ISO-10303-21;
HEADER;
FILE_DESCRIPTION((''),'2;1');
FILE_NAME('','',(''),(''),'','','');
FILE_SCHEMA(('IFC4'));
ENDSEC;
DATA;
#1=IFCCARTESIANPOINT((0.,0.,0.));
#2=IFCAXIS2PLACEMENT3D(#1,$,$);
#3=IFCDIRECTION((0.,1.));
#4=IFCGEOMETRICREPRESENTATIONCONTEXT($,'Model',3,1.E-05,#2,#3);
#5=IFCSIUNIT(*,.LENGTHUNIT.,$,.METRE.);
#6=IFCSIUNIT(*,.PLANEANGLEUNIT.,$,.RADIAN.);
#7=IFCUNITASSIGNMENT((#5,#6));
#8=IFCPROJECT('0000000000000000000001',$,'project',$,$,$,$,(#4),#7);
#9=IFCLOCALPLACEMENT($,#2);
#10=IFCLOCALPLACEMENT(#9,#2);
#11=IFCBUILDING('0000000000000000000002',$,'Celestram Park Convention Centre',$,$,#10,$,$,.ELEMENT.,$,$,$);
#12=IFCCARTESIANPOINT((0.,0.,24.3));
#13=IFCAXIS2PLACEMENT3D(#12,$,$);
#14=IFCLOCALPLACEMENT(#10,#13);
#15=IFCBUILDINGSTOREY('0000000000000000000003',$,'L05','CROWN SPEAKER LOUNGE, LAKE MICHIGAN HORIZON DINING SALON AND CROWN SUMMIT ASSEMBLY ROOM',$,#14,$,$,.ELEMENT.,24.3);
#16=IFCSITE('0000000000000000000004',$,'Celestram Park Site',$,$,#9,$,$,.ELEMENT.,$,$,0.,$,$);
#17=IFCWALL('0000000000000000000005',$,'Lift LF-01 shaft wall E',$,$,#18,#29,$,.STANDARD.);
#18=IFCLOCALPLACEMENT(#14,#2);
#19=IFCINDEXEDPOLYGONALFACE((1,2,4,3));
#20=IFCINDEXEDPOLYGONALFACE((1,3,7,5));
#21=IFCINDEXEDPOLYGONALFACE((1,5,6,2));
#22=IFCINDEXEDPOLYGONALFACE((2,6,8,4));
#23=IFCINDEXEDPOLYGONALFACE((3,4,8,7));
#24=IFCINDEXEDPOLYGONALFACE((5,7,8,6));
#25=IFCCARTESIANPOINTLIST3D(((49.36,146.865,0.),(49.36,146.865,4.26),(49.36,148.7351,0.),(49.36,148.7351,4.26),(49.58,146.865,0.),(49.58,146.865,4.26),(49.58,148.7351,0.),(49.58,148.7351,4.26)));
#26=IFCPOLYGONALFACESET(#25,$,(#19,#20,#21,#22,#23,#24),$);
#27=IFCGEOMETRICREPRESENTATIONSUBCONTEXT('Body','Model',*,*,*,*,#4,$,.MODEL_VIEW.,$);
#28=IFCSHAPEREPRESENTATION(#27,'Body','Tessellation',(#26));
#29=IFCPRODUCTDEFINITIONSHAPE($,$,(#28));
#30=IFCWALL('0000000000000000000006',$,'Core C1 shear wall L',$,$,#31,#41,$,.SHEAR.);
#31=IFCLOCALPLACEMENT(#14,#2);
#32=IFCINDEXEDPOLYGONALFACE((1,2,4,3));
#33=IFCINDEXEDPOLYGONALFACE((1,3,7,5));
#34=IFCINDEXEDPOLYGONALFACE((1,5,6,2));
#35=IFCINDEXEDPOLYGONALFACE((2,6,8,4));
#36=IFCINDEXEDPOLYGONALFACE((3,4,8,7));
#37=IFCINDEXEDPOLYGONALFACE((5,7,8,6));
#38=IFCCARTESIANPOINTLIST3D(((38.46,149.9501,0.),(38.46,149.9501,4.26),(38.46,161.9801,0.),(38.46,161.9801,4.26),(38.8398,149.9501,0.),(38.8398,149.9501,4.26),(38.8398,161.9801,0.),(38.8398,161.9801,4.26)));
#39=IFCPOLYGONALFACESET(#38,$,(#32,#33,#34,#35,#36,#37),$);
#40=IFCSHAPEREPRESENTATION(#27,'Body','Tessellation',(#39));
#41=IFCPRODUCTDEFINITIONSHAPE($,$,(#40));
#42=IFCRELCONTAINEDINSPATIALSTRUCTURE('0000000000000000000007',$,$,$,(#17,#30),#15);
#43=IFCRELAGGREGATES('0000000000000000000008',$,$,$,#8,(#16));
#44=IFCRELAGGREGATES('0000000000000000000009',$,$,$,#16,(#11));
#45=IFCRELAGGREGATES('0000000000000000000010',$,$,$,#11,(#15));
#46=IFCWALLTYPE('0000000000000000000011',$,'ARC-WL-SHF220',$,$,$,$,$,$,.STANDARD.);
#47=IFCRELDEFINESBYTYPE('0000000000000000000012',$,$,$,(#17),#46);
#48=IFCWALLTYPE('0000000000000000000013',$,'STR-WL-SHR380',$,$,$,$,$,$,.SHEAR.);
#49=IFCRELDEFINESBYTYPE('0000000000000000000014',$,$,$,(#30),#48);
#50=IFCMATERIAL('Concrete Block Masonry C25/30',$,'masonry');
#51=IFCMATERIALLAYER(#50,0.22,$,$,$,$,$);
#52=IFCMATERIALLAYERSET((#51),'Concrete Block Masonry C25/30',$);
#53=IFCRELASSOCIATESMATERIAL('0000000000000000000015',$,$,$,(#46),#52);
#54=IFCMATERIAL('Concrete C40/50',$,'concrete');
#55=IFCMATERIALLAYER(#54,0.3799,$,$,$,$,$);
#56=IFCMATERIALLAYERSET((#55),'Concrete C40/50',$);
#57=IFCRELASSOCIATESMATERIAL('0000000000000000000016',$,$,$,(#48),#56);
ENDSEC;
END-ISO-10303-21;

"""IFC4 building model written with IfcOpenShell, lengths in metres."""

from ifc_helpers import new_model, si_unit, direction, frame, frame_2d, origin, place, context, subcontext, project, spatial, rectangle, extrude, material, layer, layer_set, type_object, element, save


model = new_model("IFC4")

# Units and contexts
model_context = context("Model", 3, precision=1e-05, world=origin(), true_north=direction((0.0, 1.0)))
body_context = subcontext(model_context, "Body", "Model", "MODEL_VIEW")
ifc_project = project(units=[si_unit("LENGTHUNIT", "METRE"), si_unit("PLANEANGLEUNIT", "RADIAN")], contexts=[model_context])

# Site, building, storey
site_placement = place(None, origin())
site = spatial("IfcSite", under=ifc_project, at=site_placement, Name="Celestram Park Site", CompositionType="ELEMENT", RefElevation=0.0)
building_placement = place(site_placement, origin())
building = spatial("IfcBuilding", under=site, at=building_placement, Name="Celestram Park Convention Centre", CompositionType="ELEMENT")
storey_placement = place(building_placement, frame((0.0, 0.0, 24.3)))
storey = spatial("IfcBuildingStorey", under=building, at=storey_placement, Name="L05", Description="CROWN SPEAKER LOUNGE, LAKE MICHIGAN HORIZON DINING SALON AND CROWN SUMMIT ASSEMBLY ROOM", CompositionType="ELEMENT", Elevation=24.3)

# Shared definitions
ifc_material_1 = material(Name="Concrete Block Masonry C25/30", Category="masonry")

# Shared definitions
ifc_layer_1 = layer(ifc_material_1, 0.22)
ifc_layer_set_1 = layer_set([ifc_layer_1], Name="Concrete Block Masonry C25/30")
wall_type_1 = type_object("IfcWallType", Name="ARC-WL-SHF220", PredefinedType="STANDARD", material=ifc_layer_set_1)

# Walls
wall_1_placement = place(storey_placement, frame((49.47, 146.865, 0.0), z_axis=(0.0, 0.0, 1.0), x_axis=(0.0, 1.0, 0.0)))
element("IfcWall", 1, at=wall_1_placement, inside=storey, type_object=wall_type_1, Name="Lift LF-01 shaft wall E", PredefinedType="STANDARD", context=body_context, shape_type="SweptSolid", body=[
    extrude(rectangle(XDim=1.8701, YDim=0.22, at=frame_2d((0.9351, 0.0))), origin(), (0.0, 0.0, 1.0), 4.26),
])
ifc_material_2 = material(Name="Concrete C40/50", Category="concrete")
ifc_layer_2 = layer(ifc_material_2, 0.3799)
ifc_layer_set_2 = layer_set([ifc_layer_2], Name="Concrete C40/50")
wall_type_2 = type_object("IfcWallType", Name="STR-WL-SHR380", PredefinedType="SHEAR", material=ifc_layer_set_2)
wall_2_placement = place(storey_placement, frame((38.6499, 149.95, 0.0), z_axis=(0.0, 0.0, 1.0), x_axis=(0.0, 1.0, 0.0)))
element("IfcWall", 2, at=wall_2_placement, inside=storey, type_object=wall_type_2, Name="Core C1 shear wall L", PredefinedType="SHEAR", context=body_context, shape_type="SweptSolid", body=[
    extrude(rectangle(XDim=12.03, YDim=0.3799, at=frame_2d((6.0151, 0.0))), origin(), (0.0, 0.0, 1.0), 4.26),
])

save(model, "model.ifc")
